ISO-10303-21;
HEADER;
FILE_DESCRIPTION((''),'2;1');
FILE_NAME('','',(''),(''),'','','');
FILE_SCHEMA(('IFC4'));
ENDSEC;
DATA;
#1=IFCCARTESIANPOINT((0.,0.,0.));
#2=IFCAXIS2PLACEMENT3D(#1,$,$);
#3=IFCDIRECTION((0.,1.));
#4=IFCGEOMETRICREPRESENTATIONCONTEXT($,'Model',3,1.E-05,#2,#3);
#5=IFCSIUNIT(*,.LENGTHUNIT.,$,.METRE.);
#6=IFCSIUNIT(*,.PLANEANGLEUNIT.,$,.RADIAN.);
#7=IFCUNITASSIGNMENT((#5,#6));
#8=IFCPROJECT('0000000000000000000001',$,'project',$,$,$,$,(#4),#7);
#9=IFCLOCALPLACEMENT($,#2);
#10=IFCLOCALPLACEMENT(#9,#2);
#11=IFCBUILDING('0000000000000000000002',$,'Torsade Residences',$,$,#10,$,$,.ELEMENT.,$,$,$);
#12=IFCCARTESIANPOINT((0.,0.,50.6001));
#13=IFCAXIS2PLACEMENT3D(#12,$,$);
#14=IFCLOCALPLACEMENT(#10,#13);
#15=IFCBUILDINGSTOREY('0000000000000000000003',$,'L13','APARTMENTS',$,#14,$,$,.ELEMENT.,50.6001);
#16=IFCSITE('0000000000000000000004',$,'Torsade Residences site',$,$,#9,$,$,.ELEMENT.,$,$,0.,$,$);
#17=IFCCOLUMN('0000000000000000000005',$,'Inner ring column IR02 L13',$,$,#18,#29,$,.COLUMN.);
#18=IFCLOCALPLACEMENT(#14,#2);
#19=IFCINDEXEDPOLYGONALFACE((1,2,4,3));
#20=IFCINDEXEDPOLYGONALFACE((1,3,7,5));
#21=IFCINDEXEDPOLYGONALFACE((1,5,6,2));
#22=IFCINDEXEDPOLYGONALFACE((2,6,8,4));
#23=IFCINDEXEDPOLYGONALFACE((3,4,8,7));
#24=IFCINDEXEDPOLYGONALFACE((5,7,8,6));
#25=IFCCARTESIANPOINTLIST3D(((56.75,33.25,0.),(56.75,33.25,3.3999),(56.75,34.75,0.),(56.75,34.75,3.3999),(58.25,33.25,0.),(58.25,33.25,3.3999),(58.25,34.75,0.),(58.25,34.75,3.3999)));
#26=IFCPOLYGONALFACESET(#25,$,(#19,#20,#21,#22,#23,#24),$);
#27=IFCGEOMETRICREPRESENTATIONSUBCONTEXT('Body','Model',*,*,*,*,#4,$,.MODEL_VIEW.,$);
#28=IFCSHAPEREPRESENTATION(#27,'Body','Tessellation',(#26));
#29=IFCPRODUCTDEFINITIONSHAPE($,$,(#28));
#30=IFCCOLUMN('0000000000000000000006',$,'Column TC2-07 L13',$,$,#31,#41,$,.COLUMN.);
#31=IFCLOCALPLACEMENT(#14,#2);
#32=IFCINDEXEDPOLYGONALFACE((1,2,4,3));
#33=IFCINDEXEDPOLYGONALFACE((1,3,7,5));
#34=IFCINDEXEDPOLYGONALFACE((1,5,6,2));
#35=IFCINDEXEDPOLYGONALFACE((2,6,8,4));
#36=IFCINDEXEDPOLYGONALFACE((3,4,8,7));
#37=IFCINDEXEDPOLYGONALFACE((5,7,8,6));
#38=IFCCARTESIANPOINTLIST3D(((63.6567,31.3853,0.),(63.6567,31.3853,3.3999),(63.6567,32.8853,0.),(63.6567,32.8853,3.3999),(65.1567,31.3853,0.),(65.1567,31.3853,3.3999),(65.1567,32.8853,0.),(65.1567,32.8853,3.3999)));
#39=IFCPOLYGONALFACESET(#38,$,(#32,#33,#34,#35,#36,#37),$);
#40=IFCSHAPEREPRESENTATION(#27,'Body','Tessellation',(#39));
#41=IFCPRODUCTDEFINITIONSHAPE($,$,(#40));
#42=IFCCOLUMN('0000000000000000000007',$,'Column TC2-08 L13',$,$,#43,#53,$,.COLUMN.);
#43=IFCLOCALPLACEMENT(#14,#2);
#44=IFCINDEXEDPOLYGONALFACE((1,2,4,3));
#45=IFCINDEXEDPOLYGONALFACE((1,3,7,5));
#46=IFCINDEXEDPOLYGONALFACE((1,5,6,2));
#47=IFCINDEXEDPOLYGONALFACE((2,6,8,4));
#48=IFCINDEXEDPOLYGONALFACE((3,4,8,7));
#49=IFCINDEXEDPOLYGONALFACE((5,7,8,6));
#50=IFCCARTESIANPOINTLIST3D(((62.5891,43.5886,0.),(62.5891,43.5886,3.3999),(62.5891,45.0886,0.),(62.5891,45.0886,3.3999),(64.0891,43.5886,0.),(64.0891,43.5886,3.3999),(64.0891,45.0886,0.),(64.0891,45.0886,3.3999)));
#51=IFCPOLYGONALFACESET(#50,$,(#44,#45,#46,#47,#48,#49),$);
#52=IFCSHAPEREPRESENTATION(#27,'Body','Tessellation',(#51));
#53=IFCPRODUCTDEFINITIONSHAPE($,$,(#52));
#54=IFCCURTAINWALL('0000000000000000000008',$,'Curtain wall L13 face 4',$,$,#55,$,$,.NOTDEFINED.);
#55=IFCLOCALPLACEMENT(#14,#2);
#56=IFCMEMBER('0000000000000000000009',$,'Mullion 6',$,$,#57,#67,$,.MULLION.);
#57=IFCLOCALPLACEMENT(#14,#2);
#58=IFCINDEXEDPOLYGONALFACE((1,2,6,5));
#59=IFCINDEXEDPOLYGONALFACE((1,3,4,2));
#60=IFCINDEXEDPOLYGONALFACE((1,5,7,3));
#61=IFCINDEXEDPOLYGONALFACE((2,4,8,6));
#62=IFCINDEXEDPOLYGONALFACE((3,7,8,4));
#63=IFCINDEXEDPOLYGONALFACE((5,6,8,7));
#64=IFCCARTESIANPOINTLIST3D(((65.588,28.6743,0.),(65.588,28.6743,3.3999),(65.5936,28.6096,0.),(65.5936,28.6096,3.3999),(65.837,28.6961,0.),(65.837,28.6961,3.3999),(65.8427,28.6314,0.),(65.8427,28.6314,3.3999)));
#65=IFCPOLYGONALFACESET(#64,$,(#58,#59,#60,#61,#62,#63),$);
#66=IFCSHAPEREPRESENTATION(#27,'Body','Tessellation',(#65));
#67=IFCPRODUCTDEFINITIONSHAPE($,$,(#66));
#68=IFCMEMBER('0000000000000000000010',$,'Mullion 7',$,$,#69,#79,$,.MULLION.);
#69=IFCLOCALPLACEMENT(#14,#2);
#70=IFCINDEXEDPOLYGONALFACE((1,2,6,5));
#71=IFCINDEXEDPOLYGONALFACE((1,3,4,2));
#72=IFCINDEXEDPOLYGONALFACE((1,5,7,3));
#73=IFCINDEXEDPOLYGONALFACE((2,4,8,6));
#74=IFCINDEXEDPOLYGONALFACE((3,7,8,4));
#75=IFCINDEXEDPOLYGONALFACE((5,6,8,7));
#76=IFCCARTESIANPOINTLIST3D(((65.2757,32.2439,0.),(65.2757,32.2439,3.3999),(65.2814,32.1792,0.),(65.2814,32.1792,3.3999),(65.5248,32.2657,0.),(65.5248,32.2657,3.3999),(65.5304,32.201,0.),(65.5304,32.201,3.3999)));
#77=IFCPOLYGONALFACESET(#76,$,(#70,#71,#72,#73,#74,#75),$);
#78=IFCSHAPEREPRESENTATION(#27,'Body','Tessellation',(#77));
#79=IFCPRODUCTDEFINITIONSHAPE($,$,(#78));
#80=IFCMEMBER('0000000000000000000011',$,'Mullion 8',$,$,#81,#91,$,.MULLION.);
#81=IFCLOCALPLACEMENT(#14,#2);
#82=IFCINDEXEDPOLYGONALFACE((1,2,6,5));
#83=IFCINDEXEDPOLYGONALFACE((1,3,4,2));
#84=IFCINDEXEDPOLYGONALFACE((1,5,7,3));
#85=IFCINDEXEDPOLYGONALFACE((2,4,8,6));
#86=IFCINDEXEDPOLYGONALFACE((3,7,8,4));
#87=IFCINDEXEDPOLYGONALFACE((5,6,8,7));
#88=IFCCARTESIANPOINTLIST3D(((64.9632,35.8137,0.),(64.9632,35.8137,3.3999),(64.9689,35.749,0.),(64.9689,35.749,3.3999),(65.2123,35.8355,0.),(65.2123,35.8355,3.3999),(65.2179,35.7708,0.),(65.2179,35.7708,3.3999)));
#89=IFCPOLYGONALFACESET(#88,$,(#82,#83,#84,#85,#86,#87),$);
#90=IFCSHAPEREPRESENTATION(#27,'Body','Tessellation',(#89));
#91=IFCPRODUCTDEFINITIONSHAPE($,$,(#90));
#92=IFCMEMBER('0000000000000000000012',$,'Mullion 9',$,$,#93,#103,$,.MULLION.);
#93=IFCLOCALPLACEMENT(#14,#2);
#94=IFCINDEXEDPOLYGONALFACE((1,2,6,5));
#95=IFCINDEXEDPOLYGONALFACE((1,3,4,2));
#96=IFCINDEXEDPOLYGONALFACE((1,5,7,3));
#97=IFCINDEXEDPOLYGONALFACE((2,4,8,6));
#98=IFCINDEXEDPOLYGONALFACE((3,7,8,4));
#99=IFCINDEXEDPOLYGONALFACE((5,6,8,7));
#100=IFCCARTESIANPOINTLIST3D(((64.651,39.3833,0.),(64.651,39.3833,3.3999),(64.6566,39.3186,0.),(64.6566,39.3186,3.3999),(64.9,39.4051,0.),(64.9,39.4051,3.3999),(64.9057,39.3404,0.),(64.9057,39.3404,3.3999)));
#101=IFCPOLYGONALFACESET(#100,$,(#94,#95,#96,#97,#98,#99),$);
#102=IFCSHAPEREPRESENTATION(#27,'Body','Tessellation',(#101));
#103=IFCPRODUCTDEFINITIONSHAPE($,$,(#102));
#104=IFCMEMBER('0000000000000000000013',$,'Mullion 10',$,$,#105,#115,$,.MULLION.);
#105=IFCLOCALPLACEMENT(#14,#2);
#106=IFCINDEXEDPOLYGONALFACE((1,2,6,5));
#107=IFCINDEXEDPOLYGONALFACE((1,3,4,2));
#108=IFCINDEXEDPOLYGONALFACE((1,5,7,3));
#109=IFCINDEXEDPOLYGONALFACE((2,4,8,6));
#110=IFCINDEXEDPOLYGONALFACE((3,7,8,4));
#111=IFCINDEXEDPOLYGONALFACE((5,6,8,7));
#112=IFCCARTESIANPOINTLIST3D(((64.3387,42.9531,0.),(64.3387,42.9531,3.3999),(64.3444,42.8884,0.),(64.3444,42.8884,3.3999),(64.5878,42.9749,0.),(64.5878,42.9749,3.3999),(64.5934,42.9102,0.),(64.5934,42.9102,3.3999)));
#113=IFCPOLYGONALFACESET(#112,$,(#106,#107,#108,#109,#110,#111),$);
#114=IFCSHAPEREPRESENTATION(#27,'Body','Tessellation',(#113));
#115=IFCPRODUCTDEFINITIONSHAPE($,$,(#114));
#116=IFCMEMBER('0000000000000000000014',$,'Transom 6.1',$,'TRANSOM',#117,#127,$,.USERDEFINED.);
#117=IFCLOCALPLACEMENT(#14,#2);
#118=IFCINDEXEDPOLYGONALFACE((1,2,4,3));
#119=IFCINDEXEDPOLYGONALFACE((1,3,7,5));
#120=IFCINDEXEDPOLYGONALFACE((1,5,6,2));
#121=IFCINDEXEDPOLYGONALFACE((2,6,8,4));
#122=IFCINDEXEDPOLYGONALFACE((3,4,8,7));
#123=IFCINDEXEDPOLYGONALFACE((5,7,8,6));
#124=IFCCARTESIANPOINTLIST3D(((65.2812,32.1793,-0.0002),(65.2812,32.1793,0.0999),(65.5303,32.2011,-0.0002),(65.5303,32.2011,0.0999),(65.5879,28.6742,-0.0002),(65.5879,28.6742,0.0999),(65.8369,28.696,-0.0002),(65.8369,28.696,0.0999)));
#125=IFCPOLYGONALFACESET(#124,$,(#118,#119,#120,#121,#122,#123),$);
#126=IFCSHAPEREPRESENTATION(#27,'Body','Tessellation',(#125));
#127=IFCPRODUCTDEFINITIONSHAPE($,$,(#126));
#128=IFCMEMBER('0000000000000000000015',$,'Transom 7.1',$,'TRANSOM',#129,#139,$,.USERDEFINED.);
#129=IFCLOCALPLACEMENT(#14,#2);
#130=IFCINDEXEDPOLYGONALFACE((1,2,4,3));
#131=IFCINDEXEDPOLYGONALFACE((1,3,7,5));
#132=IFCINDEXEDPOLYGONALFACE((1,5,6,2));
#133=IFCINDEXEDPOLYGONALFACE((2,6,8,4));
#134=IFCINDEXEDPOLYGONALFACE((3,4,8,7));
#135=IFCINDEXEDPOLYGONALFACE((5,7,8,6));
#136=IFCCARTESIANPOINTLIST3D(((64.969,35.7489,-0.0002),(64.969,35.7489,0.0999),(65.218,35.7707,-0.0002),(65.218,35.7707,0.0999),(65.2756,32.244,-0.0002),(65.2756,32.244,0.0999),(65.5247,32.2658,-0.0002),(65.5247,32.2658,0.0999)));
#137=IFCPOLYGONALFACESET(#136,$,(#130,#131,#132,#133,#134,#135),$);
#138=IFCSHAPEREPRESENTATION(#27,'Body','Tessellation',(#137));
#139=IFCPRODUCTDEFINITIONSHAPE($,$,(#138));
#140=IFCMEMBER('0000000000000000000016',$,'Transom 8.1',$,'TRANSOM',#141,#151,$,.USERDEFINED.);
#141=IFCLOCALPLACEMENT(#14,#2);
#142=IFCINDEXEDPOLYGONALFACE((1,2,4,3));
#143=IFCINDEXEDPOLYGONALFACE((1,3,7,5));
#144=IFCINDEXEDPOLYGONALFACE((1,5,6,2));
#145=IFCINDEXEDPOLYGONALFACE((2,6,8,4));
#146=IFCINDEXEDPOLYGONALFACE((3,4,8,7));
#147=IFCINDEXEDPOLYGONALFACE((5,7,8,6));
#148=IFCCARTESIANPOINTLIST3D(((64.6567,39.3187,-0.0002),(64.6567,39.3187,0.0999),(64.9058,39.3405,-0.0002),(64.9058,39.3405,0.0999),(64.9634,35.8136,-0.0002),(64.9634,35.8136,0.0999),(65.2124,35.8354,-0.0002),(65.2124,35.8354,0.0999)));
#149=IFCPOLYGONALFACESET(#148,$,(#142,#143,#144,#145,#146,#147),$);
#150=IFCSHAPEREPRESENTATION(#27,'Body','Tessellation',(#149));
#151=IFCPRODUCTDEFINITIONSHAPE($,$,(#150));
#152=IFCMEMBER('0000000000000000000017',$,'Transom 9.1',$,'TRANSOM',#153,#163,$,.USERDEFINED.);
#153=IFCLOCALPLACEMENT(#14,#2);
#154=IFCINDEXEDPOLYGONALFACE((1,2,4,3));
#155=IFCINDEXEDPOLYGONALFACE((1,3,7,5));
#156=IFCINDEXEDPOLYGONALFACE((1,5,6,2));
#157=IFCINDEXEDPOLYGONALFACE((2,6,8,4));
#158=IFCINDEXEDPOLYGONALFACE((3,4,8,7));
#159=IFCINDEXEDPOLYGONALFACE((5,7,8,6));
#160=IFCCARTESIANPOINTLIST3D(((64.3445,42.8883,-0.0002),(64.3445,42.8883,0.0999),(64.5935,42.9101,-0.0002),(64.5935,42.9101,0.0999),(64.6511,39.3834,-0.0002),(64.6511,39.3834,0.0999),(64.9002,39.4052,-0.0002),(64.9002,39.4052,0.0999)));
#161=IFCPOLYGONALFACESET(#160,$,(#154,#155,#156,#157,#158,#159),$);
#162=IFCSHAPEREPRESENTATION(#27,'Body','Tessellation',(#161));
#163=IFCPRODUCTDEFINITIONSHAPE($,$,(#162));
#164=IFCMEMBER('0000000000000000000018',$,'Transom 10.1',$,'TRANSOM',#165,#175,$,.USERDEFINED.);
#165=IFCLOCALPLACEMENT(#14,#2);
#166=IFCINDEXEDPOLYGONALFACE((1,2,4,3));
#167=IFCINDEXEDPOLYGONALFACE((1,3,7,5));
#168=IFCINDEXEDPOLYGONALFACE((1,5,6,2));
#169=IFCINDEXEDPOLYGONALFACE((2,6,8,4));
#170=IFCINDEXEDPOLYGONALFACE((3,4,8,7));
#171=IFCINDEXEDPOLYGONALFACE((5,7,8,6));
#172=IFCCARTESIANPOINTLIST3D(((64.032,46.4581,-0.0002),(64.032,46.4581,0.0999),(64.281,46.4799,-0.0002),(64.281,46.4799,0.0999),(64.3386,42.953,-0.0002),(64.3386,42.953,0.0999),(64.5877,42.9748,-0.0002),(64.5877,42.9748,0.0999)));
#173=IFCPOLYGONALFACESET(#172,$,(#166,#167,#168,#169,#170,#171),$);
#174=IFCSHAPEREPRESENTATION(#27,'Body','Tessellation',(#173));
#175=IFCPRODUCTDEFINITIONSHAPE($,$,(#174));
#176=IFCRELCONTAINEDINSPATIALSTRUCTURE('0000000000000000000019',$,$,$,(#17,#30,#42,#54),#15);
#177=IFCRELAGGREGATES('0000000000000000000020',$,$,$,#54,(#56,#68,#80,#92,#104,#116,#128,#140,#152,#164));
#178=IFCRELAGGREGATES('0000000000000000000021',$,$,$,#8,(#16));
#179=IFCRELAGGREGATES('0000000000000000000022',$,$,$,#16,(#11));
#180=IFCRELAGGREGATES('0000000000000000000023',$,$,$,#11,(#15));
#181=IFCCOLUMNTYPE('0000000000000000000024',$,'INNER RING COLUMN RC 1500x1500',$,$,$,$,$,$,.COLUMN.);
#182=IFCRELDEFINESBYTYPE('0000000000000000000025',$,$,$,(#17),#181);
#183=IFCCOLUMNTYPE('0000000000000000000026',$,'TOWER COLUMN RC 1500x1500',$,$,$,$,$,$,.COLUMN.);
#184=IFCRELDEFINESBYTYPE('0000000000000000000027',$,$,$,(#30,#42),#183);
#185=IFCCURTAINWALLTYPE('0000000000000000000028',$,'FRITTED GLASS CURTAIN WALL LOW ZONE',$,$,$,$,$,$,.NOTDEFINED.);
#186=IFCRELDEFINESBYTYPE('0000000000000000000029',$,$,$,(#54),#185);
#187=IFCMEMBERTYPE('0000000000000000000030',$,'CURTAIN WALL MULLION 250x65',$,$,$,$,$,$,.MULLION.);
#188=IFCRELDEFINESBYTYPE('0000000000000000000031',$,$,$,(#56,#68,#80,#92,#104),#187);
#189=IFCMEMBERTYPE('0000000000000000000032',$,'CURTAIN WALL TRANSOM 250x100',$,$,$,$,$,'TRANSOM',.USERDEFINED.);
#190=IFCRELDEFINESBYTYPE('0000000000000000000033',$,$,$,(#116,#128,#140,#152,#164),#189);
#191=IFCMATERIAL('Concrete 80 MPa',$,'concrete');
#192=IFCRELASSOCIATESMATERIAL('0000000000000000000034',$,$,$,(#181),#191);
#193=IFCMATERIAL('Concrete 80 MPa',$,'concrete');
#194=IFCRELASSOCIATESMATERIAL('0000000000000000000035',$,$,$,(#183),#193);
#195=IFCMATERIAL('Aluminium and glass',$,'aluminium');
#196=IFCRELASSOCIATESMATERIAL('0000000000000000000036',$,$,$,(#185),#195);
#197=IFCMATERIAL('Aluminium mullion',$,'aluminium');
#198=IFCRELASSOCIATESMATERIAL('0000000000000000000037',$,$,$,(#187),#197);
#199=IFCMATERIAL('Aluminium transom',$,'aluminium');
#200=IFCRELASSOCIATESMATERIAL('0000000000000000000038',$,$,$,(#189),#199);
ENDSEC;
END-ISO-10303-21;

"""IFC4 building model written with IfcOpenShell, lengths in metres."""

from ifc_helpers import new_model, si_unit, direction, frame, origin, origin_2d, place, context, subcontext, project, spatial, rectangle, extrude, material, material_profile, profile_set, type_object, element, aggregate, save


model = new_model("IFC4")

# Units and contexts
model_context = context("Model", 3, precision=1e-05, world=origin(), true_north=direction((0.0, 1.0)))
body_context = subcontext(model_context, "Body", "Model", "MODEL_VIEW")
ifc_project = project(units=[si_unit("LENGTHUNIT", "METRE"), si_unit("PLANEANGLEUNIT", "RADIAN")], contexts=[model_context])

# Site, building, storey
site_placement = place(None, origin())
site = spatial("IfcSite", under=ifc_project, at=site_placement, Name="Torsade Residences site", CompositionType="ELEMENT", RefElevation=0.0)
building_placement = place(site_placement, origin())
building = spatial("IfcBuilding", under=site, at=building_placement, Name="Torsade Residences", CompositionType="ELEMENT")
storey_placement = place(building_placement, frame((0.0, 0.0, 50.6001)))
storey = spatial("IfcBuildingStorey", under=building, at=storey_placement, Name="L13", Description="APARTMENTS", CompositionType="ELEMENT", Elevation=50.6001)

# Columns
ifc_material_1 = material(Name="Concrete 80 MPa", Category="concrete")
ifc_material_profile_1 = material_profile(ifc_material_1, rectangle(XDim=1.5, YDim=1.5, at=origin_2d()), Name="RC 1500x1500")
ifc_profile_set_1 = profile_set([ifc_material_profile_1], Name="Concrete 80 MPa")
column_type_1 = type_object("IfcColumnType", Name="INNER RING COLUMN RC 1500x1500", PredefinedType="COLUMN", material=ifc_profile_set_1)
column_placement = place(storey_placement, frame((57.5, 34.0, 0.0), z_axis=(0.0, 0.0, 1.0), x_axis=(1.0, 0.0, 0.0)))
element("IfcColumn", 1, at=column_placement, inside=storey, type_object=column_type_1, Name="Inner ring column IR02 L13", PredefinedType="COLUMN", context=body_context, shape_type="SweptSolid", body=[
    extrude(rectangle(XDim=1.5, YDim=1.5, at=origin_2d()), origin(), (0.0, 0.0, 1.0), 3.3999),
])
ifc_material_2 = material(Name="Concrete 80 MPa", Category="concrete")
ifc_material_profile_2 = material_profile(ifc_material_2, rectangle(XDim=1.5, YDim=1.5, at=origin_2d()), Name="RC 1500x1500")
ifc_profile_set_2 = profile_set([ifc_material_profile_2], Name="Concrete 80 MPa")
column_type_2 = type_object("IfcColumnType", Name="TOWER COLUMN RC 1500x1500", PredefinedType="COLUMN", material=ifc_profile_set_2)
for number, where, z_axis, x_axis, name in (
    (2, (64.4067, 32.1353, 0.0), (0.0, 0.0, 1.0), (1.0, 0.0, 0.0), "Column TC2-07 L13"),
    (3, (63.3391, 44.3386, 0.0), (0.0, 0.0, 1.0), (1.0, 0.0, 0.0), "Column TC2-08 L13"),
):
    element("IfcColumn", number, at=place(storey_placement, frame(where, z_axis=z_axis, x_axis=x_axis)), inside=storey, type_object=column_type_2, Name=name, PredefinedType="COLUMN", context=body_context, shape_type="SweptSolid", body=[
        extrude(rectangle(XDim=1.5, YDim=1.5, at=origin_2d()), origin(), (0.0, 0.0, 1.0), 3.3999),
    ])

# Curtain wall, members
ifc_material_3 = material(Name="Aluminium and glass", Category="aluminium")
curtain_wall_type = type_object("IfcCurtainWallType", Name="FRITTED GLASS CURTAIN WALL LOW ZONE", PredefinedType="NOTDEFINED", material=ifc_material_3)
curtain_wall_placement = place(storey_placement, origin())
curtain_wall = element("IfcCurtainWall", 4, at=curtain_wall_placement, inside=storey, type_object=curtain_wall_type, Name="Curtain wall L13 face 4", PredefinedType="NOTDEFINED")
ifc_material_4 = material(Name="Aluminium mullion", Category="aluminium")
ifc_material_profile_3 = material_profile(ifc_material_4, rectangle(XDim=0.25, YDim=0.0649, at=origin_2d()), Name="CURTAIN WALL MULLION 250x65")
ifc_profile_set_3 = profile_set([ifc_material_profile_3], Name="Aluminium mullion")
member_type_1 = type_object("IfcMemberType", Name="CURTAIN WALL MULLION 250x65", PredefinedType="MULLION", material=ifc_profile_set_3)
member_1_placement = place(storey_placement, frame((65.7153, 28.6528, 0.0), z_axis=(0.0, 0.0, 1.0), x_axis=(-0.996195, -0.087156, 0.0)))
member_1 = element("IfcMember", 5, at=member_1_placement, type_object=member_type_1, Name="Mullion 6", PredefinedType="MULLION", context=body_context, shape_type="SweptSolid", body=[
    extrude(rectangle(XDim=0.25, YDim=0.0649, at=origin_2d()), origin(), (0.0, 0.0, 1.0), 3.3999),
])
member_2_placement = place(storey_placement, frame((65.4031, 32.2224, 0.0), z_axis=(0.0, 0.0, 1.0), x_axis=(-0.996195, -0.087156, 0.0)))
member_2 = element("IfcMember", 6, at=member_2_placement, type_object=member_type_1, Name="Mullion 7", PredefinedType="MULLION", context=body_context, shape_type="SweptSolid", body=[
    extrude(rectangle(XDim=0.25, YDim=0.0649, at=origin_2d()), origin(), (0.0, 0.0, 1.0), 3.3999),
])
member_3_placement = place(storey_placement, frame((65.0906, 35.7922, 0.0), z_axis=(0.0, 0.0, 1.0), x_axis=(-0.996195, -0.087156, 0.0)))
member_3 = element("IfcMember", 7, at=member_3_placement, type_object=member_type_1, Name="Mullion 8", PredefinedType="MULLION", context=body_context, shape_type="SweptSolid", body=[
    extrude(rectangle(XDim=0.25, YDim=0.0649, at=origin_2d()), origin(), (0.0, 0.0, 1.0), 3.3999),
])
member_4_placement = place(storey_placement, frame((64.7783, 39.3618, 0.0), z_axis=(0.0, 0.0, 1.0), x_axis=(-0.996195, -0.087156, 0.0)))
member_4 = element("IfcMember", 8, at=member_4_placement, type_object=member_type_1, Name="Mullion 9", PredefinedType="MULLION", context=body_context, shape_type="SweptSolid", body=[
    extrude(rectangle(XDim=0.25, YDim=0.0649, at=origin_2d()), origin(), (0.0, 0.0, 1.0), 3.3999),
])
member_5_placement = place(storey_placement, frame((64.4661, 42.9316, 0.0), z_axis=(0.0, 0.0, 1.0), x_axis=(-0.996195, -0.087156, 0.0)))
member_5 = element("IfcMember", 9, at=member_5_placement, type_object=member_type_1, Name="Mullion 10", PredefinedType="MULLION", context=body_context, shape_type="SweptSolid", body=[
    extrude(rectangle(XDim=0.25, YDim=0.0649, at=origin_2d()), origin(), (0.0, 0.0, 1.0), 3.3999),
])
ifc_material_5 = material(Name="Aluminium transom", Category="aluminium")
ifc_material_profile_4 = material_profile(ifc_material_5, rectangle(XDim=0.25, YDim=0.1001, at=origin_2d()), Name="CURTAIN WALL TRANSOM 250x100")
ifc_profile_set_4 = profile_set([ifc_material_profile_4], Name="Aluminium transom")
member_type_2 = type_object("IfcMemberType", Name="CURTAIN WALL TRANSOM 250x100", ElementType="TRANSOM", PredefinedType="USERDEFINED", material=ifc_profile_set_4)
member_6_placement = place(storey_placement, frame((65.7124, 28.6851, 0.0498), z_axis=(-0.087151, 0.996195, 0.0), x_axis=(-0.996195, -0.087151, 0.0)))
member_6 = element("IfcMember", 10, at=member_6_placement, type_object=member_type_2, Name="Transom 6.1", ObjectType="TRANSOM", PredefinedType="USERDEFINED", context=body_context, shape_type="SweptSolid", body=[
    extrude(rectangle(XDim=0.25, YDim=0.1001, at=origin_2d()), origin(), (0.0, 0.0, 1.0), 3.5186),
])
member_7_placement = place(storey_placement, frame((65.4001, 32.2549, 0.0498), z_axis=(-0.087157, 0.996195, 0.0), x_axis=(-0.996195, -0.087157, 0.0)))
member_7 = element("IfcMember", 11, at=member_7_placement, type_object=member_type_2, Name="Transom 7.1", ObjectType="TRANSOM", PredefinedType="USERDEFINED", context=body_context, shape_type="SweptSolid", body=[
    extrude(rectangle(XDim=0.25, YDim=0.1001, at=origin_2d()), origin(), (0.0, 0.0, 1.0), 3.5183),
])
member_8_placement = place(storey_placement, frame((65.0879, 35.8245, 0.0498), z_axis=(-0.087151, 0.996195, 0.0), x_axis=(-0.996195, -0.087151, 0.0)))
member_8 = element("IfcMember", 12, at=member_8_placement, type_object=member_type_2, Name="Transom 8.1", ObjectType="TRANSOM", PredefinedType="USERDEFINED", context=body_context, shape_type="SweptSolid", body=[
    extrude(rectangle(XDim=0.25, YDim=0.1001, at=origin_2d()), origin(), (0.0, 0.0, 1.0), 3.5186),
])
member_9_placement = place(storey_placement, frame((64.7756, 39.3943, 0.0498), z_axis=(-0.087157, 0.996195, 0.0), x_axis=(-0.996195, -0.087157, 0.0)))
member_9 = element("IfcMember", 13, at=member_9_placement, type_object=member_type_2, Name="Transom 9.1", ObjectType="TRANSOM", PredefinedType="USERDEFINED", context=body_context, shape_type="SweptSolid", body=[
    extrude(rectangle(XDim=0.25, YDim=0.1001, at=origin_2d()), origin(), (0.0, 0.0, 1.0), 3.5183),
])
member_10_placement = place(storey_placement, frame((64.4631, 42.9639, 0.0498), z_axis=(-0.087151, 0.996195, 0.0), x_axis=(-0.996195, -0.087151, 0.0)))
member_10 = element("IfcMember", 14, at=member_10_placement, type_object=member_type_2, Name="Transom 10.1", ObjectType="TRANSOM", PredefinedType="USERDEFINED", context=body_context, shape_type="SweptSolid", body=[
    extrude(rectangle(XDim=0.25, YDim=0.1001, at=origin_2d()), origin(), (0.0, 0.0, 1.0), 3.5186),
])

aggregate(curtain_wall, [member_1, member_2, member_3, member_4, member_5, member_6, member_7, member_8, member_9, member_10])

save(model, "model.ifc")
